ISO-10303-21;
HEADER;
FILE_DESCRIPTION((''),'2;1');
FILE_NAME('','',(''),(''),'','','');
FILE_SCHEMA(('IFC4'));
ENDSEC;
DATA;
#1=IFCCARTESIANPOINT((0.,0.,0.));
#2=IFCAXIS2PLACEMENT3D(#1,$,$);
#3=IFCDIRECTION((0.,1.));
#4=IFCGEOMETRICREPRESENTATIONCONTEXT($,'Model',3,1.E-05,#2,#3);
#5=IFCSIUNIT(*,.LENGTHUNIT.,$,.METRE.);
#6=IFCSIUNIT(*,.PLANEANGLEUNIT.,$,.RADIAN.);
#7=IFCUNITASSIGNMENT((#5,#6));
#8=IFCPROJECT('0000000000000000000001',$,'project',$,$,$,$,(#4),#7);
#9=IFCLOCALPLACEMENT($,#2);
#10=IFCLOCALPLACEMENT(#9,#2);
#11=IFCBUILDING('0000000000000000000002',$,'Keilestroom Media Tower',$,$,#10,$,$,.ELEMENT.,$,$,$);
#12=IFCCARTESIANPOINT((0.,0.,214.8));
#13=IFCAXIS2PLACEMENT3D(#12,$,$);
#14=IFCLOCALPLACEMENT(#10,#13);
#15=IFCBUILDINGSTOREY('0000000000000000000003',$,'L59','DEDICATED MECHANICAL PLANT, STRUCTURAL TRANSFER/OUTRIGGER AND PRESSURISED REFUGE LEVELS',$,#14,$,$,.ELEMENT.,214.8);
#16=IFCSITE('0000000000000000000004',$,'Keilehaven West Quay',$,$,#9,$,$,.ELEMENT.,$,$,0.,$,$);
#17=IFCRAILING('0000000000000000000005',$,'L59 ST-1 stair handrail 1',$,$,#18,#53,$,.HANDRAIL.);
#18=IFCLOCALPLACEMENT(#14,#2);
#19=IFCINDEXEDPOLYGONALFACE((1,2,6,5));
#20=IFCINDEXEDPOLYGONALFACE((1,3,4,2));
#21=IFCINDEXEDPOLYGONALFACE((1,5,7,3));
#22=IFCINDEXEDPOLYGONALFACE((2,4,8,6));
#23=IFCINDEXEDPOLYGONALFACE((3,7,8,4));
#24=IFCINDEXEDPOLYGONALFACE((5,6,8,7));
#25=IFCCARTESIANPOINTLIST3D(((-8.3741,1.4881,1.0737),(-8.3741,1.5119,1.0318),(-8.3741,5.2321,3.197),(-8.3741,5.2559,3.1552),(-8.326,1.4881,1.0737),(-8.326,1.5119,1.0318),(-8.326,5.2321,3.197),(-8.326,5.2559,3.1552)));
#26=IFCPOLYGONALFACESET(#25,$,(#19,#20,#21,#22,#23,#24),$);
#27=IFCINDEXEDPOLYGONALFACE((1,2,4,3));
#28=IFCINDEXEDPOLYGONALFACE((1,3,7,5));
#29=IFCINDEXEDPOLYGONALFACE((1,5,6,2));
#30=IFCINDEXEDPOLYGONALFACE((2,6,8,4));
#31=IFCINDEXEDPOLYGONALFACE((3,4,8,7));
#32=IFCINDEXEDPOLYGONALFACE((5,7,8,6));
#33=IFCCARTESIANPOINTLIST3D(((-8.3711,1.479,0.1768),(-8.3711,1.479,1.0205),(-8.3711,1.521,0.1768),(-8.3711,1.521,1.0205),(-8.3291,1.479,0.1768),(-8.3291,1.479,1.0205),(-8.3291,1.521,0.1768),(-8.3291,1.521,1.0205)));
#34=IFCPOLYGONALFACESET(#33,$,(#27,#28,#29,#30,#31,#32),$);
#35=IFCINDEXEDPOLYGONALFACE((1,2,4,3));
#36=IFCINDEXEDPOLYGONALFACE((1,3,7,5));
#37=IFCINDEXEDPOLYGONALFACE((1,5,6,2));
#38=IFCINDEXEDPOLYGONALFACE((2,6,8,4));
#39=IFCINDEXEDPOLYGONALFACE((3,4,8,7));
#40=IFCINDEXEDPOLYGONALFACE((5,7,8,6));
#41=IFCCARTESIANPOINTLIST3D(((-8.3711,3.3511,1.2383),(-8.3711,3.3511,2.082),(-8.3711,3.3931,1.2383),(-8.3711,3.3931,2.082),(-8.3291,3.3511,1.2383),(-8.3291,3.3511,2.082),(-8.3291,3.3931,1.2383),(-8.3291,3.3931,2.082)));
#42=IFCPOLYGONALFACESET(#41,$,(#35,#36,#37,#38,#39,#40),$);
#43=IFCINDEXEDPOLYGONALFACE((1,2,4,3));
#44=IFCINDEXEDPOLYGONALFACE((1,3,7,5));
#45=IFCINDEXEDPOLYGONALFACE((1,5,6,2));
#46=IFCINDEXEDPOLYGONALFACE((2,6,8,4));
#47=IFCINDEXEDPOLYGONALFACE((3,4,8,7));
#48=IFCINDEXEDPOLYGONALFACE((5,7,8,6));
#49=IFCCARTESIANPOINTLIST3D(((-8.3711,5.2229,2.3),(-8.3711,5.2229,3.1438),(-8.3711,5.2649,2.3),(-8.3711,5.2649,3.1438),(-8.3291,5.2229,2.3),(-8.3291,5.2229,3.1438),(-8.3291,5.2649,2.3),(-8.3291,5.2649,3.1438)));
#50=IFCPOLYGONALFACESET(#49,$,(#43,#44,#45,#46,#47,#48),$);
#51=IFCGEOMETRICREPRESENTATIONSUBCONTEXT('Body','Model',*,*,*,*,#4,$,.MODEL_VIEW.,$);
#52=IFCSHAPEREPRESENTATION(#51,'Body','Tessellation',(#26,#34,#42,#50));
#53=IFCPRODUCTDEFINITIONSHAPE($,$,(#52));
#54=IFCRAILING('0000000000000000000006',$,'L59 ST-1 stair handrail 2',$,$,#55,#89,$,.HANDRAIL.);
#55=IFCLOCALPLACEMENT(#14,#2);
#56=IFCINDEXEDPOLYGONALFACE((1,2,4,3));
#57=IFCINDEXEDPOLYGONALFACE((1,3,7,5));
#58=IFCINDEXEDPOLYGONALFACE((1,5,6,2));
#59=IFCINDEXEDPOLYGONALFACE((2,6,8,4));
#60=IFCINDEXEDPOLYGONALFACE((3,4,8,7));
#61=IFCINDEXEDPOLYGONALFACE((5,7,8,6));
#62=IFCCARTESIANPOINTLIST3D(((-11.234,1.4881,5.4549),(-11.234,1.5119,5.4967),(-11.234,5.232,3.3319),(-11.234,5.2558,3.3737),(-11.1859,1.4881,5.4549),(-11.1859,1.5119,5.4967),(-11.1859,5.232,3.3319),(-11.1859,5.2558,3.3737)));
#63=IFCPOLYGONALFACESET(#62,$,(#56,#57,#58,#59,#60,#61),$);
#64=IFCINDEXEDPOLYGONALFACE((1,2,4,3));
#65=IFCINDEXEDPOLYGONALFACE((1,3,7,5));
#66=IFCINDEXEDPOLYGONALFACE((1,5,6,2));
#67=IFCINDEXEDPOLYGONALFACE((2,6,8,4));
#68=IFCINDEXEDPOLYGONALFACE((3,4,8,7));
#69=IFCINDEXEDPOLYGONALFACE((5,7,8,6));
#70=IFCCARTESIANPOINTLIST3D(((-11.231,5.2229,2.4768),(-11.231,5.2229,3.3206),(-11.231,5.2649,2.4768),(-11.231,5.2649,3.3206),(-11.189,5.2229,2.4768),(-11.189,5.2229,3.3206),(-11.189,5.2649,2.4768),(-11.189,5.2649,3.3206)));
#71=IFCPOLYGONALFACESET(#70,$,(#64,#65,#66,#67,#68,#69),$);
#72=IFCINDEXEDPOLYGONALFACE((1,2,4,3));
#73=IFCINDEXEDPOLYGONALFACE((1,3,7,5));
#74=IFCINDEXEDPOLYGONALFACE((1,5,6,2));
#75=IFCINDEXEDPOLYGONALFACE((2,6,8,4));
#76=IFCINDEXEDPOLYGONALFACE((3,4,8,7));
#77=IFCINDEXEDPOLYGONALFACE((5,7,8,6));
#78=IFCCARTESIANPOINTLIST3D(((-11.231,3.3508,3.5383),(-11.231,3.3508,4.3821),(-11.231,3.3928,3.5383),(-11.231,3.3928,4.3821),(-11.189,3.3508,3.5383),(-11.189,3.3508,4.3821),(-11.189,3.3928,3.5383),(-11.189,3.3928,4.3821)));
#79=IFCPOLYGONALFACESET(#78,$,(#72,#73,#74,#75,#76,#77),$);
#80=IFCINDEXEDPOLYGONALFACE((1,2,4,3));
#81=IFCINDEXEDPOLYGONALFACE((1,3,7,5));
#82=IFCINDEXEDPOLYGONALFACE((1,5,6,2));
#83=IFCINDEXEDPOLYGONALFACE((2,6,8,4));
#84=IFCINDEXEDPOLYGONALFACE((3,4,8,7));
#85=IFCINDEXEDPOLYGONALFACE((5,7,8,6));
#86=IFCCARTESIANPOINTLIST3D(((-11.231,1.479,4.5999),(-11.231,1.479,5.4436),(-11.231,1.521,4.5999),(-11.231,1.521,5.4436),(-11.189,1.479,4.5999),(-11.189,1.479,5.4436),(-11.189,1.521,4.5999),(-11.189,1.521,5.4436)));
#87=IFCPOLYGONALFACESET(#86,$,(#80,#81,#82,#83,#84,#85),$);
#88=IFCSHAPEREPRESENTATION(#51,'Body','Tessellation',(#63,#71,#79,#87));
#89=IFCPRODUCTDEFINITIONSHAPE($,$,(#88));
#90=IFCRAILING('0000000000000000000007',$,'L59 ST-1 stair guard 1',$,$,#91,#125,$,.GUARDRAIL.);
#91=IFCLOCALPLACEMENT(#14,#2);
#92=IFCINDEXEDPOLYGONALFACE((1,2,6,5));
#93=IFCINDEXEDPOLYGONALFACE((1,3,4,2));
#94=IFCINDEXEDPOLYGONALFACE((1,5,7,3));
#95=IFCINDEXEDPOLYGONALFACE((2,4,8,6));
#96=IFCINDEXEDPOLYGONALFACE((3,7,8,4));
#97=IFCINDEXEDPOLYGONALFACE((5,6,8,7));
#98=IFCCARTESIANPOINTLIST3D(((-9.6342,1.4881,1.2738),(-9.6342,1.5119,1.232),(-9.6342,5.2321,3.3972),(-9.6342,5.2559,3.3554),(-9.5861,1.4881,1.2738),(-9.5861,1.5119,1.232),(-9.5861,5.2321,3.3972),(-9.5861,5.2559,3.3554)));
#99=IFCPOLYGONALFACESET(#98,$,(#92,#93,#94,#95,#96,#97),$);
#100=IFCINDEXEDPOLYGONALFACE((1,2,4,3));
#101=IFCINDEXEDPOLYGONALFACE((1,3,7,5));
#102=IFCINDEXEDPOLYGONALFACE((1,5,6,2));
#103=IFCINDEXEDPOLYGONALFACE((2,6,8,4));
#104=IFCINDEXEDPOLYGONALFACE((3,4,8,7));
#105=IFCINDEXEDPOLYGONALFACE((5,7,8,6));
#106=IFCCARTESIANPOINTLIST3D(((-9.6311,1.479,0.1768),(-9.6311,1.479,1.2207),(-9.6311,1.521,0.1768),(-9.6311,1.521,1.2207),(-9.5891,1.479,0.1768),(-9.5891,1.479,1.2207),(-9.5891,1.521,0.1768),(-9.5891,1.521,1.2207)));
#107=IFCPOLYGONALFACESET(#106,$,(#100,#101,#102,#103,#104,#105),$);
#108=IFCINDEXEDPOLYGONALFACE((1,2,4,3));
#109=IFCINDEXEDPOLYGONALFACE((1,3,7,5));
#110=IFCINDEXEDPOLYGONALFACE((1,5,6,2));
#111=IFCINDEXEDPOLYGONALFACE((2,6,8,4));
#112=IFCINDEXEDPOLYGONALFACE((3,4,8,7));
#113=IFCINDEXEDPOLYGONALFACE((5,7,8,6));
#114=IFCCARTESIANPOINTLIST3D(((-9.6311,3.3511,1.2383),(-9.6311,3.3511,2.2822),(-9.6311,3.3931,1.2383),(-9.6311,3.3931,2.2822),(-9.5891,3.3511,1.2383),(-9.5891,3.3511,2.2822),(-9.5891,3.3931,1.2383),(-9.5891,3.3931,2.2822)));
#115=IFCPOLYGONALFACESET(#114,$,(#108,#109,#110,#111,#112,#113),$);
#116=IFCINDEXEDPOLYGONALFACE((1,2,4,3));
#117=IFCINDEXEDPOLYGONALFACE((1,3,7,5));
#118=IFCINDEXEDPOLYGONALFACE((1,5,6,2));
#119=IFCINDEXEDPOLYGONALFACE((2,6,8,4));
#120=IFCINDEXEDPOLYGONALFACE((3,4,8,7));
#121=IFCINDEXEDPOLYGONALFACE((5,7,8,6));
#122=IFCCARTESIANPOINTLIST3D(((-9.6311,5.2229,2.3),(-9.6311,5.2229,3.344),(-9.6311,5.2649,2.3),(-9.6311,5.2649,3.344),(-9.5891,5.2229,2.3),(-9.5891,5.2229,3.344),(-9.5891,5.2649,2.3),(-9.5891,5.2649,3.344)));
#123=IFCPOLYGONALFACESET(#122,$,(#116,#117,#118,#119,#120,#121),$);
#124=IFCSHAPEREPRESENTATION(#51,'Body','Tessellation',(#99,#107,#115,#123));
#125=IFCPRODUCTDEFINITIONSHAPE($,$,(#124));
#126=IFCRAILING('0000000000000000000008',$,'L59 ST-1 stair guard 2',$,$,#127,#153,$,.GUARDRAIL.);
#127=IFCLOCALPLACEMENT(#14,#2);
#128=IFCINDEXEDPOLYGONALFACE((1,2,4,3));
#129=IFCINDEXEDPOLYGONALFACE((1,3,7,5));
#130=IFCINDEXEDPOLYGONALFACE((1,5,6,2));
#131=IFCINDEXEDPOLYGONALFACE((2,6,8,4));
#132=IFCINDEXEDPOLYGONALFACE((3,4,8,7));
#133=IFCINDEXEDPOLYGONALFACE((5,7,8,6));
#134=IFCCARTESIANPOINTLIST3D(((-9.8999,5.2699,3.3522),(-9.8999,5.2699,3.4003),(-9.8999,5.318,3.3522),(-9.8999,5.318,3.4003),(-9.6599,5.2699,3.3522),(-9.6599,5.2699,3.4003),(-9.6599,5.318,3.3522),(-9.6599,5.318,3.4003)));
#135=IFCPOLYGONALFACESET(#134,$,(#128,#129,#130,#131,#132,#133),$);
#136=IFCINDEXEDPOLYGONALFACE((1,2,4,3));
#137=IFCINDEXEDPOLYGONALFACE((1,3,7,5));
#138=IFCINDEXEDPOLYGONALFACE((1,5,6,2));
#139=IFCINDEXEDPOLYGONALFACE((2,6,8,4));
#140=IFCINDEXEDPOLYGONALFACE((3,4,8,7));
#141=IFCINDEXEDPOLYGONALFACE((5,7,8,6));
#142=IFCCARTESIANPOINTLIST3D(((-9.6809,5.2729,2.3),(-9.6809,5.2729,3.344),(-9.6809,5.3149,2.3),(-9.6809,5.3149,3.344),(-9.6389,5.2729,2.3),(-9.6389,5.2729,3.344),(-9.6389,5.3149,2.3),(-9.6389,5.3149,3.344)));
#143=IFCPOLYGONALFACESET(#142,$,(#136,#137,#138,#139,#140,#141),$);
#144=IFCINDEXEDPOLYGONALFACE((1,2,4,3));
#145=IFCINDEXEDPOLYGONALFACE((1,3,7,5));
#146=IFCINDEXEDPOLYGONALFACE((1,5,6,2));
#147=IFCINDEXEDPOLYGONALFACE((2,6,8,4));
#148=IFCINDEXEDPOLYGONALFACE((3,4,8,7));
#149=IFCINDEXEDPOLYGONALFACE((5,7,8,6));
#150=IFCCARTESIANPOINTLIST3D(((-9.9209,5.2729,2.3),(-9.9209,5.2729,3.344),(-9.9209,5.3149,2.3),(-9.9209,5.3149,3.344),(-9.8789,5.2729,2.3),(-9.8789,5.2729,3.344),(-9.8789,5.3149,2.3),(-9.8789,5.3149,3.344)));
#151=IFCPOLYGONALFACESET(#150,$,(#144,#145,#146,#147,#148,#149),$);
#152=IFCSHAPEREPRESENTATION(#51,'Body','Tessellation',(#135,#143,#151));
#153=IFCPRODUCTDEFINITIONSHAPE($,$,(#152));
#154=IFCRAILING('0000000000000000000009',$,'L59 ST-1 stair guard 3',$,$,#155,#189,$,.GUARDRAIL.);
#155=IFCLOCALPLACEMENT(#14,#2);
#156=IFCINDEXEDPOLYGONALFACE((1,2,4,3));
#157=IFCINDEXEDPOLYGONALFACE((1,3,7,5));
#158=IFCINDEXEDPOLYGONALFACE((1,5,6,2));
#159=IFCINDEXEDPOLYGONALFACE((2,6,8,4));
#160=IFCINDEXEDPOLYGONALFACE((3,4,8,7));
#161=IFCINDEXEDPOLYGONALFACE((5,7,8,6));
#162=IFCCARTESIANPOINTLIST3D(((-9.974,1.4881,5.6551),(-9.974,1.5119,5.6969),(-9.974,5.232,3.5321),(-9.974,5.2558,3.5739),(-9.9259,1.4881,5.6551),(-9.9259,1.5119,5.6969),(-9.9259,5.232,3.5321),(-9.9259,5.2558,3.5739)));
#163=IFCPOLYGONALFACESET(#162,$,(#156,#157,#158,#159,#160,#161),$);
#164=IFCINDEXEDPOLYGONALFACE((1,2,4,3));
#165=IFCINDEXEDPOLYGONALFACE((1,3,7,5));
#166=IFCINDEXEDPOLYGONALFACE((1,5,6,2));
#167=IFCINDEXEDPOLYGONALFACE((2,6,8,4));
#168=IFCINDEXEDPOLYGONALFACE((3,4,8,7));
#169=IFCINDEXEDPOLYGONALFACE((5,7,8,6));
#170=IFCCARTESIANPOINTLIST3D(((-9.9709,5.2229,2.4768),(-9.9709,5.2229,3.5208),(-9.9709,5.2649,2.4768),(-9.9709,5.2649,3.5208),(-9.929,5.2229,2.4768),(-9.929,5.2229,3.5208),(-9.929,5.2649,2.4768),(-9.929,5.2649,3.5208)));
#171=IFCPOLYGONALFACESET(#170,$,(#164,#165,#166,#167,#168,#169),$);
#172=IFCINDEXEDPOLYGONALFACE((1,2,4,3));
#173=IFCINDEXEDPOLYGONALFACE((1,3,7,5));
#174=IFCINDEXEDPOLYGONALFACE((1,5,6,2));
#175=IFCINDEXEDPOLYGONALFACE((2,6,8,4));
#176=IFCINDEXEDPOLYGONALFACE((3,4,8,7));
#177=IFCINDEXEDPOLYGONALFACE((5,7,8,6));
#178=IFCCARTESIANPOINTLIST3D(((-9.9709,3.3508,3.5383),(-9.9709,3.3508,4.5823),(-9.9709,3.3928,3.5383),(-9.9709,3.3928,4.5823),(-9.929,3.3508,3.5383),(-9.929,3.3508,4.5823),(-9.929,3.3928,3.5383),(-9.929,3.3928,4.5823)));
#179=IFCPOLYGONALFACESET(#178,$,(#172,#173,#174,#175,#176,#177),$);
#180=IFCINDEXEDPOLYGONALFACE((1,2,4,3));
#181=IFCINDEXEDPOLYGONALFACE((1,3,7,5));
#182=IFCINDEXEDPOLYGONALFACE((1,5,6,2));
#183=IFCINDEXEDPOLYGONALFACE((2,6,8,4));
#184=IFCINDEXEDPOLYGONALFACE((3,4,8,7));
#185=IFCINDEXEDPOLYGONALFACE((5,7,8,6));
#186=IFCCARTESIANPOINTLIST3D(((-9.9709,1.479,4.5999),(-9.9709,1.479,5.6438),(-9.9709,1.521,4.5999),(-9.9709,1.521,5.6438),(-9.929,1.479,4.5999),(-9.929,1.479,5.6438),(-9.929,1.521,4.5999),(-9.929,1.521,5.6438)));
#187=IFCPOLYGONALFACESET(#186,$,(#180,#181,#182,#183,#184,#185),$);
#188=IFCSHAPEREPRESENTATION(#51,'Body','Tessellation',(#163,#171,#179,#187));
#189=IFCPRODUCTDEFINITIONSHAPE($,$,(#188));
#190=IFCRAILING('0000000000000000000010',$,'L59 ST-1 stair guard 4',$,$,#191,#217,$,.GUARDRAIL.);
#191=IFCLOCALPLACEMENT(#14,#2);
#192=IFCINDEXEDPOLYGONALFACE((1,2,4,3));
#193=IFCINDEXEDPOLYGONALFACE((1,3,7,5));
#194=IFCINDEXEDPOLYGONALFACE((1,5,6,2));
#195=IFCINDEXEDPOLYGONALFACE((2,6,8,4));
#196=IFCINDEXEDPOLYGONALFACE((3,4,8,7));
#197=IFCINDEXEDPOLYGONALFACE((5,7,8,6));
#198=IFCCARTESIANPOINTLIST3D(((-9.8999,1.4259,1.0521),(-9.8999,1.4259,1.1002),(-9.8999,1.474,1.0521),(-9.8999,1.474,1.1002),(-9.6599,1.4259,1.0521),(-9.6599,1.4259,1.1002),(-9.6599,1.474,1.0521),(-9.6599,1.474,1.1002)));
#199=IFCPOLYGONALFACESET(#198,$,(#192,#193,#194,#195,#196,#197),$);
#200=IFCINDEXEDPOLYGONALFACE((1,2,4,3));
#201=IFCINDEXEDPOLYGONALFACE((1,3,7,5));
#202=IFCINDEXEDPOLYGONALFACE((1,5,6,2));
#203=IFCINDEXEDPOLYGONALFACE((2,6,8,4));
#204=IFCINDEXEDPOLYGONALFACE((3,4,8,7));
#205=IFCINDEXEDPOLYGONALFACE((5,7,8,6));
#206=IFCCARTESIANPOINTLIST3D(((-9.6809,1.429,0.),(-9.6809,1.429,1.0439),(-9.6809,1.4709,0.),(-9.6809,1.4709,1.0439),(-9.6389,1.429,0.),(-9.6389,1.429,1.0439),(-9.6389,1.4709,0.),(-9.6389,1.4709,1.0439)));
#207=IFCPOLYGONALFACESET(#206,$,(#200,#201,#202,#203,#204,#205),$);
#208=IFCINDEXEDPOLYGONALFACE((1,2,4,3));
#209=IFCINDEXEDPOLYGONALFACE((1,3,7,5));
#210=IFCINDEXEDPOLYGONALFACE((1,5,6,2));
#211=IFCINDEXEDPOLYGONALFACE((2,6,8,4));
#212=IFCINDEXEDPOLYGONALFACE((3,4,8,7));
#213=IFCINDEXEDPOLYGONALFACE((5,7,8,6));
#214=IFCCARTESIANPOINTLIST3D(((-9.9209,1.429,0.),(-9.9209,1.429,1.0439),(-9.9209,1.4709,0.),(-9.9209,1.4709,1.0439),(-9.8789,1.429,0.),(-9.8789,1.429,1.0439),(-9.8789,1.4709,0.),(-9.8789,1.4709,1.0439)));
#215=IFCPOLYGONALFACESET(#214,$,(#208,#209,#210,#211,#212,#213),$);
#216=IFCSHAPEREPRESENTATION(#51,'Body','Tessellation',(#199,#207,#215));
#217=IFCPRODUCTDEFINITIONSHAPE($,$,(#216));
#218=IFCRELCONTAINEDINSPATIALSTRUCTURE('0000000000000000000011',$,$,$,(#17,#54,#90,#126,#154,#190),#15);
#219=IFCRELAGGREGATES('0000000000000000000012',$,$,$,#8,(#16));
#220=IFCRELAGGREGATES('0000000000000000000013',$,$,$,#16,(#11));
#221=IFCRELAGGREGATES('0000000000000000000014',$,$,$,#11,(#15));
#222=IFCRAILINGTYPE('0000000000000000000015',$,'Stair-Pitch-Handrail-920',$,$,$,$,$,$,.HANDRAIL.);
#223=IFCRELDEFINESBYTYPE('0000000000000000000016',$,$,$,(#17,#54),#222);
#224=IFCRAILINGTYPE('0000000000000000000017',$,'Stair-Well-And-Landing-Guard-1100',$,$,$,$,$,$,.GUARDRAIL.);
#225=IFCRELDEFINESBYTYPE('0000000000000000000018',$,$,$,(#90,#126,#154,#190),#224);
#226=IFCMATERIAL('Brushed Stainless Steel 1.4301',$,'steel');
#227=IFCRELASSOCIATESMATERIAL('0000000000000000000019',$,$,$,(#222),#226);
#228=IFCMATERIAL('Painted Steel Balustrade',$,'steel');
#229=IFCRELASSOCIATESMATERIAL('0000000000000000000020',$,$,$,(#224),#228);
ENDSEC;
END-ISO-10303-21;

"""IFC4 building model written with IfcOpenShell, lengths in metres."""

from ifc_helpers import new_model, si_unit, direction, frame, origin, origin_2d, place, context, subcontext, project, spatial, rectangle, extrude, material, type_object, element, save


model = new_model("IFC4")

# Units and contexts
model_context = context("Model", 3, precision=1e-05, world=origin(), true_north=direction((0.0, 1.0)))
body_context = subcontext(model_context, "Body", "Model", "MODEL_VIEW")
ifc_project = project(units=[si_unit("LENGTHUNIT", "METRE"), si_unit("PLANEANGLEUNIT", "RADIAN")], contexts=[model_context])

# Site, building, storey
site_placement = place(None, origin())
site = spatial("IfcSite", under=ifc_project, at=site_placement, Name="Keilehaven West Quay", CompositionType="ELEMENT", RefElevation=0.0)
building_placement = place(site_placement, origin())
building = spatial("IfcBuilding", under=site, at=building_placement, Name="Keilestroom Media Tower", CompositionType="ELEMENT")
storey_placement = place(building_placement, frame((0.0, 0.0, 214.8)))
storey = spatial("IfcBuildingStorey", under=building, at=storey_placement, Name="L59", Description="DEDICATED MECHANICAL PLANT, STRUCTURAL TRANSFER/OUTRIGGER AND PRESSURISED REFUGE LEVELS", CompositionType="ELEMENT", Elevation=214.8)

# Railings
ifc_material_1 = material(Name="Brushed Stainless Steel 1.4301", Category="steel")
railing_type_1 = type_object("IfcRailingType", Name="Stair-Pitch-Handrail-920", PredefinedType="HANDRAIL", material=ifc_material_1)
railing_1_placement = place(storey_placement, frame((-8.3501, 1.5, 0.1768)))
element("IfcRailing", 1, at=railing_1_placement, inside=storey, type_object=railing_type_1, Name="L59 ST-1 stair handrail 1", PredefinedType="HANDRAIL", context=body_context, shape_type="SweptSolid", body=[
    extrude(rectangle(XDim=0.0481, YDim=0.0481, at=origin_2d()), frame((0.0, 0.0, 0.876), z_axis=(0.0, 0.869848, 0.49332), x_axis=(-1.0, 0.0, 0.0)), (0.0, 0.0, 1.0), 4.3042),
    extrude(rectangle(XDim=0.042, YDim=0.042, at=origin_2d()), origin(), (0.0, 0.0, 1.0), 0.8438),
    extrude(rectangle(XDim=0.042, YDim=0.042, at=origin_2d()), frame((0.0, 1.8721, 1.0615)), (0.0, 0.0, 1.0), 0.8438),
    extrude(rectangle(XDim=0.042, YDim=0.042, at=origin_2d()), frame((0.0, 3.7439, 2.1233)), (0.0, 0.0, 1.0), 0.8438),
])
railing_2_placement = place(storey_placement, frame((-11.21, 5.2439, 2.4768)))
element("IfcRailing", 2, at=railing_2_placement, inside=storey, type_object=railing_type_1, Name="L59 ST-1 stair handrail 2", PredefinedType="HANDRAIL", context=body_context, shape_type="SweptSolid", body=[
    extrude(rectangle(XDim=0.0481, YDim=0.0481, at=origin_2d()), frame((0.0, 0.0, 0.876), z_axis=(0.0, -0.869872, 0.493277), x_axis=(1.0, 0.0, 0.0)), (0.0, 0.0, 1.0), 4.304),
    extrude(rectangle(XDim=0.042, YDim=0.042, at=origin_2d()), origin(), (0.0, 0.0, 1.0), 0.8438),
    extrude(rectangle(XDim=0.042, YDim=0.042, at=origin_2d()), frame((0.0, -1.8721, 1.0615)), (0.0, 0.0, 1.0), 0.8438),
    extrude(rectangle(XDim=0.042, YDim=0.042, at=origin_2d()), frame((0.0, -3.7439, 2.123)), (0.0, 0.0, 1.0), 0.8438),
])
ifc_material_2 = material(Name="Painted Steel Balustrade", Category="steel")
railing_type_2 = type_object("IfcRailingType", Name="Stair-Well-And-Landing-Guard-1100", PredefinedType="GUARDRAIL", material=ifc_material_2)
railing_3_placement = place(storey_placement, frame((-9.6101, 1.5, 0.1768)))
element("IfcRailing", 3, at=railing_3_placement, inside=storey, type_object=railing_type_2, Name="L59 ST-1 stair guard 1", PredefinedType="GUARDRAIL", context=body_context, shape_type="SweptSolid", body=[
    extrude(rectangle(XDim=0.0481, YDim=0.0481, at=origin_2d()), frame((0.0, 0.0, 1.0762), z_axis=(0.0, 0.869848, 0.49332), x_axis=(-1.0, 0.0, 0.0)), (0.0, 0.0, 1.0), 4.3042),
    extrude(rectangle(XDim=0.042, YDim=0.042, at=origin_2d()), origin(), (0.0, 0.0, 1.0), 1.0439),
    extrude(rectangle(XDim=0.042, YDim=0.042, at=origin_2d()), frame((0.0, 1.8721, 1.0615)), (0.0, 0.0, 1.0), 1.0439),
    extrude(rectangle(XDim=0.042, YDim=0.042, at=origin_2d()), frame((0.0, 3.7439, 2.1233)), (0.0, 0.0, 1.0), 1.0439),
])
railing_4_placement = place(storey_placement, frame((-9.6599, 5.2939, 2.3)))
element("IfcRailing", 4, at=railing_4_placement, inside=storey, type_object=railing_type_2, Name="L59 ST-1 stair guard 2", PredefinedType="GUARDRAIL", context=body_context, shape_type="SweptSolid", body=[
    extrude(rectangle(XDim=0.0481, YDim=0.0481, at=origin_2d()), frame((0.0, 0.0, 1.0762), z_axis=(-1.0, 0.0, 0.0), x_axis=(0.0, -1.0, 0.0)), (0.0, 0.0, 1.0), 0.24),
    extrude(rectangle(XDim=0.042, YDim=0.042, at=origin_2d()), origin(), (0.0, 0.0, 1.0), 1.0439),
    extrude(rectangle(XDim=0.042, YDim=0.042, at=origin_2d()), frame((-0.24, 0.0, 0.0)), (0.0, 0.0, 1.0), 1.0439),
])
railing_5_placement = place(storey_placement, frame((-9.95, 5.2439, 2.4768)))
element("IfcRailing", 5, at=railing_5_placement, inside=storey, type_object=railing_type_2, Name="L59 ST-1 stair guard 3", PredefinedType="GUARDRAIL", context=body_context, shape_type="SweptSolid", body=[
    extrude(rectangle(XDim=0.0481, YDim=0.0481, at=origin_2d()), frame((0.0, 0.0, 1.0762), z_axis=(0.0, -0.869872, 0.493277), x_axis=(1.0, 0.0, 0.0)), (0.0, 0.0, 1.0), 4.304),
    extrude(rectangle(XDim=0.042, YDim=0.042, at=origin_2d()), origin(), (0.0, 0.0, 1.0), 1.0439),
    extrude(rectangle(XDim=0.042, YDim=0.042, at=origin_2d()), frame((0.0, -1.8721, 1.0615)), (0.0, 0.0, 1.0), 1.0439),
    extrude(rectangle(XDim=0.042, YDim=0.042, at=origin_2d()), frame((0.0, -3.7439, 2.123)), (0.0, 0.0, 1.0), 1.0439),
])
railing_6_placement = place(storey_placement, frame((-9.6599, 1.45, 0.0)))
element("IfcRailing", 6, at=railing_6_placement, inside=storey, type_object=railing_type_2, Name="L59 ST-1 stair guard 4", PredefinedType="GUARDRAIL", context=body_context, shape_type="SweptSolid", body=[
    extrude(rectangle(XDim=0.0481, YDim=0.0481, at=origin_2d()), frame((0.0, 0.0, 1.0762), z_axis=(-1.0, 0.0, 0.0), x_axis=(0.0, -1.0, 0.0)), (0.0, 0.0, 1.0), 0.24),
    extrude(rectangle(XDim=0.042, YDim=0.042, at=origin_2d()), origin(), (0.0, 0.0, 1.0), 1.0439),
    extrude(rectangle(XDim=0.042, YDim=0.042, at=origin_2d()), frame((-0.24, 0.0, 0.0)), (0.0, 0.0, 1.0), 1.0439),
])

save(model, "model.ifc")
